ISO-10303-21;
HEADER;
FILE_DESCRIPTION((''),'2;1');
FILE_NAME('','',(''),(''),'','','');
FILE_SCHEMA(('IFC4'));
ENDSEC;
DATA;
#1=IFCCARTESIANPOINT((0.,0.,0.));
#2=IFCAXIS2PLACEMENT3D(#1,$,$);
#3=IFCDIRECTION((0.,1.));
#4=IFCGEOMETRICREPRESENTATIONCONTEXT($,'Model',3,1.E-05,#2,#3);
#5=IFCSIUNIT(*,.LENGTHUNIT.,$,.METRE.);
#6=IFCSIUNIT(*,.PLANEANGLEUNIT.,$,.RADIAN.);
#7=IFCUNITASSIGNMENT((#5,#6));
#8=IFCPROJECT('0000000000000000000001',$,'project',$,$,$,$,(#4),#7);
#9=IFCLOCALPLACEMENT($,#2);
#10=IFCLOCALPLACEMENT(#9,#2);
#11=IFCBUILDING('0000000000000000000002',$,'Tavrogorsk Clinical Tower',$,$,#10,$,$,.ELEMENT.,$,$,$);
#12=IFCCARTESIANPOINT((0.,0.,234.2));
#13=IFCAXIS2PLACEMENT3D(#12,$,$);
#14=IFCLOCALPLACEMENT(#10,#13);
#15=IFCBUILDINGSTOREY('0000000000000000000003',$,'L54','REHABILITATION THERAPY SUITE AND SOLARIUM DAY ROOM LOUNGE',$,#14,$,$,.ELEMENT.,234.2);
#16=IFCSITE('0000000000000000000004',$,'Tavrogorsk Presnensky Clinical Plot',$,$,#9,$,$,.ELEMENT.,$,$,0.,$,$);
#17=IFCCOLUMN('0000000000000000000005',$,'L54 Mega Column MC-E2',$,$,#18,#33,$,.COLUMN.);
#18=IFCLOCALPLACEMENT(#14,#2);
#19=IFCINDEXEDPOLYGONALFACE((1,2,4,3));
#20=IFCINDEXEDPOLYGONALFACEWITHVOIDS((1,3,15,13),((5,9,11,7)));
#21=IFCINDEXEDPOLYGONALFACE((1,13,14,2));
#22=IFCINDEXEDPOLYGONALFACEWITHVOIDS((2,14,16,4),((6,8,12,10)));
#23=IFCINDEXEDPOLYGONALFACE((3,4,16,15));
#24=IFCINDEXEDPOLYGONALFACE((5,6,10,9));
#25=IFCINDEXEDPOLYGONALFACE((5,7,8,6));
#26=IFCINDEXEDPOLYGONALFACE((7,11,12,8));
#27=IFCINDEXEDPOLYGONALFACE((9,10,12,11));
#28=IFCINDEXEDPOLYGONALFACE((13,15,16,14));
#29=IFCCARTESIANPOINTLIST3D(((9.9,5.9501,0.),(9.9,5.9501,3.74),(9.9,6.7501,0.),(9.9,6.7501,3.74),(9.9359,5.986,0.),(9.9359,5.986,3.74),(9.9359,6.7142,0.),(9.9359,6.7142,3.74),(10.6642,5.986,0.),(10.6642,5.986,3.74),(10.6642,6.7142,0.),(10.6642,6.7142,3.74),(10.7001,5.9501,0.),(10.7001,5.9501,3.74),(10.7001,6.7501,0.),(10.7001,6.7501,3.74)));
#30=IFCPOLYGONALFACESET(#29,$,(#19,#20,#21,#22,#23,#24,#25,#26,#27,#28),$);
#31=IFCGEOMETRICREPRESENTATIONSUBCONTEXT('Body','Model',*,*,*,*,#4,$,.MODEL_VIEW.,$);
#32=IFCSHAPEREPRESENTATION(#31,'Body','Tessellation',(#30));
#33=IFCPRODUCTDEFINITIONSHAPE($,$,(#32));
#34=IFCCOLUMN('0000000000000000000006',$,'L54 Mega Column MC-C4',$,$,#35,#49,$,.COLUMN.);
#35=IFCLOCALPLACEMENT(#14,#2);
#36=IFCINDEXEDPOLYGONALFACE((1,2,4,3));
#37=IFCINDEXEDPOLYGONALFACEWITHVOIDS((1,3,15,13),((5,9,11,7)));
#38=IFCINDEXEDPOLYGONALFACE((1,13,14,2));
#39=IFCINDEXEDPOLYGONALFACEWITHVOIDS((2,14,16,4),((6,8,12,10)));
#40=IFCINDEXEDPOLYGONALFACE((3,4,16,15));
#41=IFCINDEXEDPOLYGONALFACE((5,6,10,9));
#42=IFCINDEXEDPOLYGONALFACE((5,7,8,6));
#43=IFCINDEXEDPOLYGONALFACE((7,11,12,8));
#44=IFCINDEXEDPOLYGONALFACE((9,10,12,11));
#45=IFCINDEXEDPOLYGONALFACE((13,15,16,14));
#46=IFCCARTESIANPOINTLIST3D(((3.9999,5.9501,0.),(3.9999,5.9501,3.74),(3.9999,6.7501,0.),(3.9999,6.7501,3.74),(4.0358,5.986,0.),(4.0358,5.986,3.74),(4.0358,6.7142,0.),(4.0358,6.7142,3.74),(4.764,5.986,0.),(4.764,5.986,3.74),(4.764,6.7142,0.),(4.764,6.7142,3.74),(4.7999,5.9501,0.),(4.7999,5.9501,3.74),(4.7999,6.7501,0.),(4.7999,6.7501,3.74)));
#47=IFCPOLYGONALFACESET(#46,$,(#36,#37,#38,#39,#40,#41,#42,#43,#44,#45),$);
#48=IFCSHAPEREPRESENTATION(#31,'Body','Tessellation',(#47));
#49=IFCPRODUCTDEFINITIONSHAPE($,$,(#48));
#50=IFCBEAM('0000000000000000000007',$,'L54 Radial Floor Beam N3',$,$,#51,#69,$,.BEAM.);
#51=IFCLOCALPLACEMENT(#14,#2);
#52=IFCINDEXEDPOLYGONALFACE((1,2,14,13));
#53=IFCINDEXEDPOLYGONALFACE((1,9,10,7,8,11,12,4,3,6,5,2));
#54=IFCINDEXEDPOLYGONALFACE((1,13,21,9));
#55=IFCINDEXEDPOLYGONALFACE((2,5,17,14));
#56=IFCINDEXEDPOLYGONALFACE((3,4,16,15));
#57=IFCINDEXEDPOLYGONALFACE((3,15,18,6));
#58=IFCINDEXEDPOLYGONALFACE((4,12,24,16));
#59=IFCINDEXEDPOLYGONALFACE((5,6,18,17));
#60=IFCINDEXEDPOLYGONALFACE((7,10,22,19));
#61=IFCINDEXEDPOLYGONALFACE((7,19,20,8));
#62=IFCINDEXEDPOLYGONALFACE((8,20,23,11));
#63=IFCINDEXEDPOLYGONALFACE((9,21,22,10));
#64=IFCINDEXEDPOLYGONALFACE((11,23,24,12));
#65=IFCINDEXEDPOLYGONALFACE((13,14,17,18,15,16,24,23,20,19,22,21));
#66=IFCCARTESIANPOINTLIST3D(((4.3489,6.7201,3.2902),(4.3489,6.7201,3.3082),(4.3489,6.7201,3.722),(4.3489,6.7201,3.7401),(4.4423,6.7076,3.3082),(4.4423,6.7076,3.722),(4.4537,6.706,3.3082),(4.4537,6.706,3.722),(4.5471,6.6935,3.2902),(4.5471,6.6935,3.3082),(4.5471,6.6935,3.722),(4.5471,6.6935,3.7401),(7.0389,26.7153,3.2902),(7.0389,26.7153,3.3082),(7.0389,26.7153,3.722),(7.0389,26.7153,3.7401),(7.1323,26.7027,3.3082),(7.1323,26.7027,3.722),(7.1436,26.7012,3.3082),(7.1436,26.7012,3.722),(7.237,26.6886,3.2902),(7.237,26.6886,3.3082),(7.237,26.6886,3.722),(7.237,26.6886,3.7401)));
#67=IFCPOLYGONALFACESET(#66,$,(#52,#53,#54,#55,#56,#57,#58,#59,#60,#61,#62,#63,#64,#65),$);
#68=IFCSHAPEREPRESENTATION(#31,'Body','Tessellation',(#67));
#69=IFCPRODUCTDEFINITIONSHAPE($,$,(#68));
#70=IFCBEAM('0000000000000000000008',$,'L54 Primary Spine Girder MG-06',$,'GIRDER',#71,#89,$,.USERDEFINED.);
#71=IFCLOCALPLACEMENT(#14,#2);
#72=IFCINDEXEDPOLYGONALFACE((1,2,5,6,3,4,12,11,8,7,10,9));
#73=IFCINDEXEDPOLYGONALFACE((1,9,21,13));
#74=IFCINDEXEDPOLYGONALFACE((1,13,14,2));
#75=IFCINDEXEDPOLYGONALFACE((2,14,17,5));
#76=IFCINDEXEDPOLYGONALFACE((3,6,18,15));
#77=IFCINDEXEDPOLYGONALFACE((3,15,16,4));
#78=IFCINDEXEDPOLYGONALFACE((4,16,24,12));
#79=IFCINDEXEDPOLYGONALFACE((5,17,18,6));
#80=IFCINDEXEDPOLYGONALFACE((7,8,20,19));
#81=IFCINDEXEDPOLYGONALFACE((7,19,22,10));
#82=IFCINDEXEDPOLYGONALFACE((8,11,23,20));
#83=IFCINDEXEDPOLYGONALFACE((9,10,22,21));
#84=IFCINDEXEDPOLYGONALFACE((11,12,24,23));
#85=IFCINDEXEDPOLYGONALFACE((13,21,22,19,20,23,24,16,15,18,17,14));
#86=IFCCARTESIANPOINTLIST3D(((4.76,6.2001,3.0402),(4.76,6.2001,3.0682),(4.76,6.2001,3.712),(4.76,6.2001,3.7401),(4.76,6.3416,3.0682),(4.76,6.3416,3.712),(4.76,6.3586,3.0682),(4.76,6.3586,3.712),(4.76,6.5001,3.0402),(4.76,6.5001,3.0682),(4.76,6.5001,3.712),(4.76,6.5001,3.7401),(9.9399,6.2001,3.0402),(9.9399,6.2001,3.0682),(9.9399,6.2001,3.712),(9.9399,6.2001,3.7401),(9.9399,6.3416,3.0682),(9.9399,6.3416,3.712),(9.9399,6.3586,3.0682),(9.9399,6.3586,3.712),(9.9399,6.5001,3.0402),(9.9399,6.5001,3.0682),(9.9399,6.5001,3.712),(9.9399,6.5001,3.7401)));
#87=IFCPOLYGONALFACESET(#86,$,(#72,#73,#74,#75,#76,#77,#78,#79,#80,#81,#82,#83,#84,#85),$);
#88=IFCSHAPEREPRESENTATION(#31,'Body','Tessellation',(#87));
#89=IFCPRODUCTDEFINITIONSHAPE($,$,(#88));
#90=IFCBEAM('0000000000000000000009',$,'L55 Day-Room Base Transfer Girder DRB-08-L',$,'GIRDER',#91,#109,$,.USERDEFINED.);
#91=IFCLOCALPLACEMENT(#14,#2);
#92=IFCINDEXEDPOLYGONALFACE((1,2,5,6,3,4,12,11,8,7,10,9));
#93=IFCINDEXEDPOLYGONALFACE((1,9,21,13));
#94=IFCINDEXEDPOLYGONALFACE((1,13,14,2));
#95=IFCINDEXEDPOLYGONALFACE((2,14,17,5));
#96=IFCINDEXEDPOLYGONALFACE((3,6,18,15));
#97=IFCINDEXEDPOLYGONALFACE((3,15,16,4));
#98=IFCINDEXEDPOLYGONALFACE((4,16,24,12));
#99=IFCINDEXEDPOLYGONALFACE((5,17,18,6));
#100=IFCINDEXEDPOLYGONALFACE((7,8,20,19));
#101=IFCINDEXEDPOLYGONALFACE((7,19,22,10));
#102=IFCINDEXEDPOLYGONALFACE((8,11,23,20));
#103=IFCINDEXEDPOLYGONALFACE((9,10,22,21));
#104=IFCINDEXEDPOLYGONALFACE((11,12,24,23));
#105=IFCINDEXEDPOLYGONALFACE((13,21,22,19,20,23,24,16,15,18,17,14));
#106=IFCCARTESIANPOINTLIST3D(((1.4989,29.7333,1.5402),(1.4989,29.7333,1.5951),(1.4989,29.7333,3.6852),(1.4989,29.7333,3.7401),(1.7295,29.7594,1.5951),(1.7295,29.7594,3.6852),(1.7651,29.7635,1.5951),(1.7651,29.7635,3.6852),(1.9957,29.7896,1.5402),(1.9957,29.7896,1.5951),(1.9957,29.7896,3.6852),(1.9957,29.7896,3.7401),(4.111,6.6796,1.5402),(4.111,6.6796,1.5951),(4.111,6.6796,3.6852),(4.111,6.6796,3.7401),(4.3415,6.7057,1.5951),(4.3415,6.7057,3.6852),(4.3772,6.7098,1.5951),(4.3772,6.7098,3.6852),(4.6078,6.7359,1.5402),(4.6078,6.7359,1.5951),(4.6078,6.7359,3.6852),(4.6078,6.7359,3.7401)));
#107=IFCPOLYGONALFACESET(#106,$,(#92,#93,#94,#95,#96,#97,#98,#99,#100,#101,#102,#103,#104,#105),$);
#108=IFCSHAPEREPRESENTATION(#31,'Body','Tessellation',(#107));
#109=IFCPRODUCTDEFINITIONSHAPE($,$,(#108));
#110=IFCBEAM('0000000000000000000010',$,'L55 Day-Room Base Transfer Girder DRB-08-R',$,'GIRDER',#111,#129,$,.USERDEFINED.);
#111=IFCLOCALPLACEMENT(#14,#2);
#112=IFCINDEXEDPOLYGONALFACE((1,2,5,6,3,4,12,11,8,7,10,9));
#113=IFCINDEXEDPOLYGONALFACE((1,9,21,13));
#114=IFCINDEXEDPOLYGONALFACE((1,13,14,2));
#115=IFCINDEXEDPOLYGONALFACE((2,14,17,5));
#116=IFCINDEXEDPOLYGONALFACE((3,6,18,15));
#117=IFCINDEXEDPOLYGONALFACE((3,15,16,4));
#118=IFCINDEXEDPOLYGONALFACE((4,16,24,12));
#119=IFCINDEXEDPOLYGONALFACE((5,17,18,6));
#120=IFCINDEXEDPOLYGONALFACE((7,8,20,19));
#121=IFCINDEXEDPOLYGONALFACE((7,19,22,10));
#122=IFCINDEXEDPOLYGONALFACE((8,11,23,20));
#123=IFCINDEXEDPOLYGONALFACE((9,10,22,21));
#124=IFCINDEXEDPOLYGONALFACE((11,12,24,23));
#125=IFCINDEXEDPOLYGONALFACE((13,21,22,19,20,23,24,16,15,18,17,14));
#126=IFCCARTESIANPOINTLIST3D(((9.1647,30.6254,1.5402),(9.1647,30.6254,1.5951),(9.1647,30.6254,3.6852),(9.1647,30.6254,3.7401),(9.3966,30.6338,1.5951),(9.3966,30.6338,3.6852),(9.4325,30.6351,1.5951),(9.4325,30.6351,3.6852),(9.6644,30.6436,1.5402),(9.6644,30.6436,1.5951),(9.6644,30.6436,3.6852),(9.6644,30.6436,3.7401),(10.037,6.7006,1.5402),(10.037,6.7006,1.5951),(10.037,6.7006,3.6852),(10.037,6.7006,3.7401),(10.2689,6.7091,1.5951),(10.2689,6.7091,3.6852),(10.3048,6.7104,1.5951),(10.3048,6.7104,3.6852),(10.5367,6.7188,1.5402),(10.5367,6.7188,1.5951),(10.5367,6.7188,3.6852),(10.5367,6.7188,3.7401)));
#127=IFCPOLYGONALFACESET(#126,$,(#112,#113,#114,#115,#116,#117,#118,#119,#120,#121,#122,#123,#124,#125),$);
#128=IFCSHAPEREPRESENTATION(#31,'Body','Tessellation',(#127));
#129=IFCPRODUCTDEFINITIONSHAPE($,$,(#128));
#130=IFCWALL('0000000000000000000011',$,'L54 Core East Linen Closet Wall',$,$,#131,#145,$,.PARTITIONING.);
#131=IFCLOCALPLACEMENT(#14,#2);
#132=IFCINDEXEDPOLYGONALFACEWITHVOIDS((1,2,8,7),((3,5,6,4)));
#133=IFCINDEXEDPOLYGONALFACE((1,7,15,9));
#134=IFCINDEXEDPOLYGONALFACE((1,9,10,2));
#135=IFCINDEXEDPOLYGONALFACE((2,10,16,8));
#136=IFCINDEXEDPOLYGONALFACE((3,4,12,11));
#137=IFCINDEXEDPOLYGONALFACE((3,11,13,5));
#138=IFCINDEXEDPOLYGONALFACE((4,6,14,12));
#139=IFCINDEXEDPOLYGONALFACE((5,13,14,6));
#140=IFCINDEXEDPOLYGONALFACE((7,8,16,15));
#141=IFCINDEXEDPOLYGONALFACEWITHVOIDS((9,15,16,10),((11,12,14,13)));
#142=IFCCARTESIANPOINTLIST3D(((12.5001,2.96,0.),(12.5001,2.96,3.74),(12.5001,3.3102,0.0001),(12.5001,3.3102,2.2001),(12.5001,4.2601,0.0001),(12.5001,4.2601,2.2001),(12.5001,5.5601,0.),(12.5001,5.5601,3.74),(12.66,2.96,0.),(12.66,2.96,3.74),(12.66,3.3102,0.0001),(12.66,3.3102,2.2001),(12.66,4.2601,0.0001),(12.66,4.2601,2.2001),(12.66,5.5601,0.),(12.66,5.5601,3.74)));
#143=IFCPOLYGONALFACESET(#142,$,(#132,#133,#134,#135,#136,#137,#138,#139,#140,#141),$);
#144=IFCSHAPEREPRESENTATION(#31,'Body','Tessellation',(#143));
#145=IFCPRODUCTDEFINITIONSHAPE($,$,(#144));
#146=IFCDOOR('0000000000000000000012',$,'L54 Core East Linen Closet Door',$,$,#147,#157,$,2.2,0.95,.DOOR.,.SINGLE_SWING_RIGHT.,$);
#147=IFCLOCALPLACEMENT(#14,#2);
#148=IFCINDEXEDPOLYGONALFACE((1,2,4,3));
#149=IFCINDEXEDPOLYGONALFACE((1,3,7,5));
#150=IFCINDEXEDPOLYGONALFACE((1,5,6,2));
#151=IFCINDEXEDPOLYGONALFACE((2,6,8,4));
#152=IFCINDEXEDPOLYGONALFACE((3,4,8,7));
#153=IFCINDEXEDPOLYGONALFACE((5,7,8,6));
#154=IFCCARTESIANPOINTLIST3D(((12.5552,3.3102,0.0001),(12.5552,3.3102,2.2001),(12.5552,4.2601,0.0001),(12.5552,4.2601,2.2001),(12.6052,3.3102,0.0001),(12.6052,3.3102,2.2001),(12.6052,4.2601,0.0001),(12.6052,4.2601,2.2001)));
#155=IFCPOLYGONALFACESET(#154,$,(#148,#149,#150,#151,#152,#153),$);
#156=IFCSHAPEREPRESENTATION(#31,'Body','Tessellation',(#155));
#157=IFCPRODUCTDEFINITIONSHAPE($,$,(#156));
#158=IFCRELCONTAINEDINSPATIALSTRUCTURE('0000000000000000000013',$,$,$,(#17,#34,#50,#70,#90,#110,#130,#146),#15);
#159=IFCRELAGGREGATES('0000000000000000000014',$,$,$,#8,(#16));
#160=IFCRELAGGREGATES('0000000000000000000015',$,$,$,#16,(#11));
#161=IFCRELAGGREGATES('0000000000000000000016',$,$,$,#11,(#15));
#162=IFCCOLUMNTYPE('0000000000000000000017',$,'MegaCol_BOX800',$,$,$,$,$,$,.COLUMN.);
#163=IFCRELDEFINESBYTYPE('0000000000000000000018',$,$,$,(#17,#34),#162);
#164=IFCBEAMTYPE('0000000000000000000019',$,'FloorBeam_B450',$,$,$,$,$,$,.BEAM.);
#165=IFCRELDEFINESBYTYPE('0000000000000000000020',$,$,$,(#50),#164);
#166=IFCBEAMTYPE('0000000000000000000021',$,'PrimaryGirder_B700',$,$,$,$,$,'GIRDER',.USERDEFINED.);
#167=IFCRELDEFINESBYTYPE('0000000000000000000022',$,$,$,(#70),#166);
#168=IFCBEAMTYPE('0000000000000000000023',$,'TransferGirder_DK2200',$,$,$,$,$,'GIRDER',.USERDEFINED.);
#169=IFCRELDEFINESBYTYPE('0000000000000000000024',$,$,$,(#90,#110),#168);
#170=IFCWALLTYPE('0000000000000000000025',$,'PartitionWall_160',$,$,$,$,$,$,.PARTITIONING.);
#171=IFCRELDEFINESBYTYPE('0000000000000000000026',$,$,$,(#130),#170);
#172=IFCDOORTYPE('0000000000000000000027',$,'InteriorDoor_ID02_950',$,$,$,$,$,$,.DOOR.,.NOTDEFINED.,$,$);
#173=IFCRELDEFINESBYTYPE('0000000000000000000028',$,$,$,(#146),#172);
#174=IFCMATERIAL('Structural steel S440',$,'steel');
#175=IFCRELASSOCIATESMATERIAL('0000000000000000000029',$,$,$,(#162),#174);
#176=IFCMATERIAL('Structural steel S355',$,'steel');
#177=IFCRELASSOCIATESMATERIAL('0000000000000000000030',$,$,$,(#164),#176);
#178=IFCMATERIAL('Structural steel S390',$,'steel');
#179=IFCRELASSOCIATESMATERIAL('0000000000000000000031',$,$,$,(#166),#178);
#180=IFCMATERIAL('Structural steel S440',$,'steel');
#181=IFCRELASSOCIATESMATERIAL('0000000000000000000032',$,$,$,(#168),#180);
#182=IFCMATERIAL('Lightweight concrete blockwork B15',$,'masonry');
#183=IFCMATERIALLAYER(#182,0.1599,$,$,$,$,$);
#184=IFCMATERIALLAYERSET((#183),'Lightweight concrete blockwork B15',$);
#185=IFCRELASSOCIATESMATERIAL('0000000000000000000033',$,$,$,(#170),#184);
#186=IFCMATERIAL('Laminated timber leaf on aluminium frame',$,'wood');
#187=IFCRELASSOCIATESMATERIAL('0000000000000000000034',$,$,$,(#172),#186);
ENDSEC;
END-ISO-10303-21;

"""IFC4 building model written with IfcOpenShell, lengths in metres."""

from ifc_helpers import new_model, si_unit, direction, frame, frame_2d, origin, origin_2d, place, context, subcontext, project, spatial, rectangle, hollow_rectangle, i_section, extrude, material, layer, layer_set, material_profile, profile_set, type_object, element, fill, save


model = new_model("IFC4")

# Units and contexts
model_context = context("Model", 3, precision=1e-05, world=origin(), true_north=direction((0.0, 1.0)))
body_context = subcontext(model_context, "Body", "Model", "MODEL_VIEW")
ifc_project = project(units=[si_unit("LENGTHUNIT", "METRE"), si_unit("PLANEANGLEUNIT", "RADIAN")], contexts=[model_context])

# Site, building, storey
site_placement = place(None, origin())
site = spatial("IfcSite", under=ifc_project, at=site_placement, Name="Tavrogorsk Presnensky Clinical Plot", CompositionType="ELEMENT", RefElevation=0.0)
building_placement = place(site_placement, origin())
building = spatial("IfcBuilding", under=site, at=building_placement, Name="Tavrogorsk Clinical Tower", CompositionType="ELEMENT")
storey_placement = place(building_placement, frame((0.0, 0.0, 234.2)))
storey = spatial("IfcBuildingStorey", under=building, at=storey_placement, Name="L54", Description="REHABILITATION THERAPY SUITE AND SOLARIUM DAY ROOM LOUNGE", CompositionType="ELEMENT", Elevation=234.2)

# Columns
ifc_material_1 = material(Name="Structural steel S440", Category="steel")
ifc_material_profile_1 = material_profile(ifc_material_1, hollow_rectangle(XDim=0.8, YDim=0.8, WallThickness=0.0359, at=origin_2d()), Name="BOX-800x800x36")
ifc_profile_set_1 = profile_set([ifc_material_profile_1], Name="Structural steel S440")
column_type = type_object("IfcColumnType", Name="MegaCol_BOX800", PredefinedType="COLUMN", material=ifc_profile_set_1)
for number, where, z_axis, x_axis, name in (
    (1, (10.3, 6.3501, 0.0), (0.0, 0.0, 1.0), (1.0, 0.0, 0.0), "L54 Mega Column MC-E2"),
    (2, (4.3999, 6.3501, 0.0), (0.0, 0.0, 1.0), (1.0, 0.0, 0.0), "L54 Mega Column MC-C4"),
):
    element("IfcColumn", number, at=place(storey_placement, frame(where, z_axis=z_axis, x_axis=x_axis)), inside=storey, type_object=column_type, Name=name, PredefinedType="COLUMN", context=body_context, shape_type="SweptSolid", body=[
        extrude(hollow_rectangle(XDim=0.8, YDim=0.8, WallThickness=0.0359, at=origin_2d()), origin(), (0.0, 0.0, 1.0), 3.74),
    ])

# Beams
ifc_material_2 = material(Name="Structural steel S355", Category="steel")
ifc_material_profile_2 = material_profile(ifc_material_2, i_section(OverallWidth=0.2, OverallDepth=0.45, WebThickness=0.0115, FlangeThickness=0.0181, at=origin_2d()), Name="B-450x200x11.5x18")
ifc_profile_set_2 = profile_set([ifc_material_profile_2], Name="Structural steel S355")
beam_type_1 = type_object("IfcBeamType", Name="FloorBeam_B450", PredefinedType="BEAM", material=ifc_profile_set_2)
beam_1_placement = place(storey_placement, frame((4.448, 6.7068, 3.5151), z_axis=(0.133329, 0.991072, 0.0), x_axis=(-0.991072, 0.133329, 0.0)))
element("IfcBeam", 3, at=beam_1_placement, inside=storey, type_object=beam_type_1, Name="L54 Radial Floor Beam N3", PredefinedType="BEAM", context=body_context, shape_type="SweptSolid", body=[
    extrude(i_section(OverallWidth=0.2, OverallDepth=0.45, WebThickness=0.0115, FlangeThickness=0.0181, at=origin_2d()), origin(), (0.0, 0.0, 1.0), 20.1753),
])
ifc_material_3 = material(Name="Structural steel S390", Category="steel")
ifc_material_profile_3 = material_profile(ifc_material_3, i_section(OverallWidth=0.3, OverallDepth=0.7, WebThickness=0.0171, FlangeThickness=0.0281, at=origin_2d()), Name="B-700x300x17x28")
ifc_profile_set_3 = profile_set([ifc_material_profile_3], Name="Structural steel S390")
beam_type_2 = type_object("IfcBeamType", Name="PrimaryGirder_B700", ElementType="GIRDER", PredefinedType="USERDEFINED", material=ifc_profile_set_3)
beam_2_placement = place(storey_placement, frame((4.76, 6.3501, 3.3901), z_axis=(1.0, 0.0, 0.0), x_axis=(0.0, 1.0, 0.0)))
element("IfcBeam", 4, at=beam_2_placement, inside=storey, type_object=beam_type_2, Name="L54 Primary Spine Girder MG-06", ObjectType="GIRDER", PredefinedType="USERDEFINED", context=body_context, shape_type="SweptSolid", body=[
    extrude(i_section(OverallWidth=0.3, OverallDepth=0.7, WebThickness=0.0171, FlangeThickness=0.0281, at=origin_2d()), origin(), (0.0, 0.0, 1.0), 5.1799),
])
ifc_material_4 = material(Name="Structural steel S440", Category="steel")
ifc_material_profile_4 = material_profile(ifc_material_4, i_section(OverallWidth=0.5, OverallDepth=2.2, WebThickness=0.0359, FlangeThickness=0.0549, at=origin_2d()), Name="DK-2200x500x36x55")
ifc_profile_set_4 = profile_set([ifc_material_profile_4], Name="Structural steel S440")
beam_type_3 = type_object("IfcBeamType", Name="TransferGirder_DK2200", ElementType="GIRDER", PredefinedType="USERDEFINED", material=ifc_profile_set_4)
beam_3_placement = place(storey_placement, frame((4.3594, 6.7078, 2.6401), z_axis=(-0.112583, 0.993642, 0.0), x_axis=(-0.993642, -0.112583, 0.0)))
element("IfcBeam", 5, at=beam_3_placement, inside=storey, type_object=beam_type_3, Name="L55 Day-Room Base Transfer Girder DRB-08-L", ObjectType="GIRDER", PredefinedType="USERDEFINED", context=body_context, shape_type="SweptSolid", body=[
    extrude(i_section(OverallWidth=0.5, OverallDepth=2.2, WebThickness=0.0359, FlangeThickness=0.0549, at=origin_2d()), origin(), (0.0, 0.0, 1.0), 23.2012),
])
beam_4_placement = place(storey_placement, frame((10.2869, 6.7097, 2.6401), z_axis=(-0.036436, 0.999336, 0.0), x_axis=(-0.999336, -0.036436, 0.0)))
element("IfcBeam", 6, at=beam_4_placement, inside=storey, type_object=beam_type_3, Name="L55 Day-Room Base Transfer Girder DRB-08-R", ObjectType="GIRDER", PredefinedType="USERDEFINED", context=body_context, shape_type="SweptSolid", body=[
    extrude(i_section(OverallWidth=0.5, OverallDepth=2.2, WebThickness=0.0359, FlangeThickness=0.0549, at=origin_2d()), origin(), (0.0, 0.0, 1.0), 23.9407),
])

# Wall, opening, door
ifc_material_5 = material(Name="Lightweight concrete blockwork B15", Category="masonry")
ifc_layer_1 = layer(ifc_material_5, 0.1599)
ifc_layer_set_1 = layer_set([ifc_layer_1], Name="Lightweight concrete blockwork B15")
wall_type_1 = type_object("IfcWallType", Name="PartitionWall_160", PredefinedType="PARTITIONING", material=ifc_layer_set_1)
wall_1_placement = place(storey_placement, frame((12.5801, 2.96, 0.0), z_axis=(0.0, 0.0, 1.0), x_axis=(0.0, 1.0, 0.0)))
wall_1 = element("IfcWall", 7, at=wall_1_placement, inside=storey, type_object=wall_type_1, Name="L54 Core East Linen Closet Wall", PredefinedType="PARTITIONING", context=body_context, shape_type="SweptSolid", body=[
    extrude(rectangle(XDim=2.6001, YDim=0.1599, at=frame_2d((1.3, 0.0))), origin(), (0.0, 0.0, 1.0), 3.74),
])
opening_1_placement = place(wall_1_placement, frame((0.3501, 0.0, 0.0)))
opening_1 = element("IfcOpeningElement", 8, at=opening_1_placement, cuts=wall_1, PredefinedType="OPENING", context=body_context, shape_type="SweptSolid", body=[
    extrude(rectangle(XDim=0.95, YDim=2.2, at=frame_2d((0.4751, 1.1001))), frame((0.0, 0.0898, 0.0), z_axis=(0.0, -1.0, 0.0), x_axis=(1.0, 0.0, 0.0)), (0.0, 0.0, 1.0), 0.1799),
])
ifc_material_6 = material(Name="Laminated timber leaf on aluminium frame", Category="wood")
door_type = type_object("IfcDoorType", Name="InteriorDoor_ID02_950", OperationType="NOTDEFINED", PredefinedType="DOOR", material=ifc_material_6)
door_1_placement = place(opening_1_placement, origin())
door_1 = element("IfcDoor", 9, at=door_1_placement, inside=storey, type_object=door_type, Name="L54 Core East Linen Closet Door", OperationType="SINGLE_SWING_RIGHT", OverallHeight=2.2, OverallWidth=0.95, PredefinedType="DOOR", context=body_context, shape_type="SweptSolid", body=[
    extrude(rectangle(XDim=0.95, YDim=2.2, at=frame_2d((0.4751, 1.1001))), frame((0.0, 0.0249, 0.0), z_axis=(0.0, -1.0, 0.0), x_axis=(1.0, 0.0, 0.0)), (0.0, 0.0, 1.0), 0.05),
])
fill(opening_1, door_1)

save(model, "model.ifc")
